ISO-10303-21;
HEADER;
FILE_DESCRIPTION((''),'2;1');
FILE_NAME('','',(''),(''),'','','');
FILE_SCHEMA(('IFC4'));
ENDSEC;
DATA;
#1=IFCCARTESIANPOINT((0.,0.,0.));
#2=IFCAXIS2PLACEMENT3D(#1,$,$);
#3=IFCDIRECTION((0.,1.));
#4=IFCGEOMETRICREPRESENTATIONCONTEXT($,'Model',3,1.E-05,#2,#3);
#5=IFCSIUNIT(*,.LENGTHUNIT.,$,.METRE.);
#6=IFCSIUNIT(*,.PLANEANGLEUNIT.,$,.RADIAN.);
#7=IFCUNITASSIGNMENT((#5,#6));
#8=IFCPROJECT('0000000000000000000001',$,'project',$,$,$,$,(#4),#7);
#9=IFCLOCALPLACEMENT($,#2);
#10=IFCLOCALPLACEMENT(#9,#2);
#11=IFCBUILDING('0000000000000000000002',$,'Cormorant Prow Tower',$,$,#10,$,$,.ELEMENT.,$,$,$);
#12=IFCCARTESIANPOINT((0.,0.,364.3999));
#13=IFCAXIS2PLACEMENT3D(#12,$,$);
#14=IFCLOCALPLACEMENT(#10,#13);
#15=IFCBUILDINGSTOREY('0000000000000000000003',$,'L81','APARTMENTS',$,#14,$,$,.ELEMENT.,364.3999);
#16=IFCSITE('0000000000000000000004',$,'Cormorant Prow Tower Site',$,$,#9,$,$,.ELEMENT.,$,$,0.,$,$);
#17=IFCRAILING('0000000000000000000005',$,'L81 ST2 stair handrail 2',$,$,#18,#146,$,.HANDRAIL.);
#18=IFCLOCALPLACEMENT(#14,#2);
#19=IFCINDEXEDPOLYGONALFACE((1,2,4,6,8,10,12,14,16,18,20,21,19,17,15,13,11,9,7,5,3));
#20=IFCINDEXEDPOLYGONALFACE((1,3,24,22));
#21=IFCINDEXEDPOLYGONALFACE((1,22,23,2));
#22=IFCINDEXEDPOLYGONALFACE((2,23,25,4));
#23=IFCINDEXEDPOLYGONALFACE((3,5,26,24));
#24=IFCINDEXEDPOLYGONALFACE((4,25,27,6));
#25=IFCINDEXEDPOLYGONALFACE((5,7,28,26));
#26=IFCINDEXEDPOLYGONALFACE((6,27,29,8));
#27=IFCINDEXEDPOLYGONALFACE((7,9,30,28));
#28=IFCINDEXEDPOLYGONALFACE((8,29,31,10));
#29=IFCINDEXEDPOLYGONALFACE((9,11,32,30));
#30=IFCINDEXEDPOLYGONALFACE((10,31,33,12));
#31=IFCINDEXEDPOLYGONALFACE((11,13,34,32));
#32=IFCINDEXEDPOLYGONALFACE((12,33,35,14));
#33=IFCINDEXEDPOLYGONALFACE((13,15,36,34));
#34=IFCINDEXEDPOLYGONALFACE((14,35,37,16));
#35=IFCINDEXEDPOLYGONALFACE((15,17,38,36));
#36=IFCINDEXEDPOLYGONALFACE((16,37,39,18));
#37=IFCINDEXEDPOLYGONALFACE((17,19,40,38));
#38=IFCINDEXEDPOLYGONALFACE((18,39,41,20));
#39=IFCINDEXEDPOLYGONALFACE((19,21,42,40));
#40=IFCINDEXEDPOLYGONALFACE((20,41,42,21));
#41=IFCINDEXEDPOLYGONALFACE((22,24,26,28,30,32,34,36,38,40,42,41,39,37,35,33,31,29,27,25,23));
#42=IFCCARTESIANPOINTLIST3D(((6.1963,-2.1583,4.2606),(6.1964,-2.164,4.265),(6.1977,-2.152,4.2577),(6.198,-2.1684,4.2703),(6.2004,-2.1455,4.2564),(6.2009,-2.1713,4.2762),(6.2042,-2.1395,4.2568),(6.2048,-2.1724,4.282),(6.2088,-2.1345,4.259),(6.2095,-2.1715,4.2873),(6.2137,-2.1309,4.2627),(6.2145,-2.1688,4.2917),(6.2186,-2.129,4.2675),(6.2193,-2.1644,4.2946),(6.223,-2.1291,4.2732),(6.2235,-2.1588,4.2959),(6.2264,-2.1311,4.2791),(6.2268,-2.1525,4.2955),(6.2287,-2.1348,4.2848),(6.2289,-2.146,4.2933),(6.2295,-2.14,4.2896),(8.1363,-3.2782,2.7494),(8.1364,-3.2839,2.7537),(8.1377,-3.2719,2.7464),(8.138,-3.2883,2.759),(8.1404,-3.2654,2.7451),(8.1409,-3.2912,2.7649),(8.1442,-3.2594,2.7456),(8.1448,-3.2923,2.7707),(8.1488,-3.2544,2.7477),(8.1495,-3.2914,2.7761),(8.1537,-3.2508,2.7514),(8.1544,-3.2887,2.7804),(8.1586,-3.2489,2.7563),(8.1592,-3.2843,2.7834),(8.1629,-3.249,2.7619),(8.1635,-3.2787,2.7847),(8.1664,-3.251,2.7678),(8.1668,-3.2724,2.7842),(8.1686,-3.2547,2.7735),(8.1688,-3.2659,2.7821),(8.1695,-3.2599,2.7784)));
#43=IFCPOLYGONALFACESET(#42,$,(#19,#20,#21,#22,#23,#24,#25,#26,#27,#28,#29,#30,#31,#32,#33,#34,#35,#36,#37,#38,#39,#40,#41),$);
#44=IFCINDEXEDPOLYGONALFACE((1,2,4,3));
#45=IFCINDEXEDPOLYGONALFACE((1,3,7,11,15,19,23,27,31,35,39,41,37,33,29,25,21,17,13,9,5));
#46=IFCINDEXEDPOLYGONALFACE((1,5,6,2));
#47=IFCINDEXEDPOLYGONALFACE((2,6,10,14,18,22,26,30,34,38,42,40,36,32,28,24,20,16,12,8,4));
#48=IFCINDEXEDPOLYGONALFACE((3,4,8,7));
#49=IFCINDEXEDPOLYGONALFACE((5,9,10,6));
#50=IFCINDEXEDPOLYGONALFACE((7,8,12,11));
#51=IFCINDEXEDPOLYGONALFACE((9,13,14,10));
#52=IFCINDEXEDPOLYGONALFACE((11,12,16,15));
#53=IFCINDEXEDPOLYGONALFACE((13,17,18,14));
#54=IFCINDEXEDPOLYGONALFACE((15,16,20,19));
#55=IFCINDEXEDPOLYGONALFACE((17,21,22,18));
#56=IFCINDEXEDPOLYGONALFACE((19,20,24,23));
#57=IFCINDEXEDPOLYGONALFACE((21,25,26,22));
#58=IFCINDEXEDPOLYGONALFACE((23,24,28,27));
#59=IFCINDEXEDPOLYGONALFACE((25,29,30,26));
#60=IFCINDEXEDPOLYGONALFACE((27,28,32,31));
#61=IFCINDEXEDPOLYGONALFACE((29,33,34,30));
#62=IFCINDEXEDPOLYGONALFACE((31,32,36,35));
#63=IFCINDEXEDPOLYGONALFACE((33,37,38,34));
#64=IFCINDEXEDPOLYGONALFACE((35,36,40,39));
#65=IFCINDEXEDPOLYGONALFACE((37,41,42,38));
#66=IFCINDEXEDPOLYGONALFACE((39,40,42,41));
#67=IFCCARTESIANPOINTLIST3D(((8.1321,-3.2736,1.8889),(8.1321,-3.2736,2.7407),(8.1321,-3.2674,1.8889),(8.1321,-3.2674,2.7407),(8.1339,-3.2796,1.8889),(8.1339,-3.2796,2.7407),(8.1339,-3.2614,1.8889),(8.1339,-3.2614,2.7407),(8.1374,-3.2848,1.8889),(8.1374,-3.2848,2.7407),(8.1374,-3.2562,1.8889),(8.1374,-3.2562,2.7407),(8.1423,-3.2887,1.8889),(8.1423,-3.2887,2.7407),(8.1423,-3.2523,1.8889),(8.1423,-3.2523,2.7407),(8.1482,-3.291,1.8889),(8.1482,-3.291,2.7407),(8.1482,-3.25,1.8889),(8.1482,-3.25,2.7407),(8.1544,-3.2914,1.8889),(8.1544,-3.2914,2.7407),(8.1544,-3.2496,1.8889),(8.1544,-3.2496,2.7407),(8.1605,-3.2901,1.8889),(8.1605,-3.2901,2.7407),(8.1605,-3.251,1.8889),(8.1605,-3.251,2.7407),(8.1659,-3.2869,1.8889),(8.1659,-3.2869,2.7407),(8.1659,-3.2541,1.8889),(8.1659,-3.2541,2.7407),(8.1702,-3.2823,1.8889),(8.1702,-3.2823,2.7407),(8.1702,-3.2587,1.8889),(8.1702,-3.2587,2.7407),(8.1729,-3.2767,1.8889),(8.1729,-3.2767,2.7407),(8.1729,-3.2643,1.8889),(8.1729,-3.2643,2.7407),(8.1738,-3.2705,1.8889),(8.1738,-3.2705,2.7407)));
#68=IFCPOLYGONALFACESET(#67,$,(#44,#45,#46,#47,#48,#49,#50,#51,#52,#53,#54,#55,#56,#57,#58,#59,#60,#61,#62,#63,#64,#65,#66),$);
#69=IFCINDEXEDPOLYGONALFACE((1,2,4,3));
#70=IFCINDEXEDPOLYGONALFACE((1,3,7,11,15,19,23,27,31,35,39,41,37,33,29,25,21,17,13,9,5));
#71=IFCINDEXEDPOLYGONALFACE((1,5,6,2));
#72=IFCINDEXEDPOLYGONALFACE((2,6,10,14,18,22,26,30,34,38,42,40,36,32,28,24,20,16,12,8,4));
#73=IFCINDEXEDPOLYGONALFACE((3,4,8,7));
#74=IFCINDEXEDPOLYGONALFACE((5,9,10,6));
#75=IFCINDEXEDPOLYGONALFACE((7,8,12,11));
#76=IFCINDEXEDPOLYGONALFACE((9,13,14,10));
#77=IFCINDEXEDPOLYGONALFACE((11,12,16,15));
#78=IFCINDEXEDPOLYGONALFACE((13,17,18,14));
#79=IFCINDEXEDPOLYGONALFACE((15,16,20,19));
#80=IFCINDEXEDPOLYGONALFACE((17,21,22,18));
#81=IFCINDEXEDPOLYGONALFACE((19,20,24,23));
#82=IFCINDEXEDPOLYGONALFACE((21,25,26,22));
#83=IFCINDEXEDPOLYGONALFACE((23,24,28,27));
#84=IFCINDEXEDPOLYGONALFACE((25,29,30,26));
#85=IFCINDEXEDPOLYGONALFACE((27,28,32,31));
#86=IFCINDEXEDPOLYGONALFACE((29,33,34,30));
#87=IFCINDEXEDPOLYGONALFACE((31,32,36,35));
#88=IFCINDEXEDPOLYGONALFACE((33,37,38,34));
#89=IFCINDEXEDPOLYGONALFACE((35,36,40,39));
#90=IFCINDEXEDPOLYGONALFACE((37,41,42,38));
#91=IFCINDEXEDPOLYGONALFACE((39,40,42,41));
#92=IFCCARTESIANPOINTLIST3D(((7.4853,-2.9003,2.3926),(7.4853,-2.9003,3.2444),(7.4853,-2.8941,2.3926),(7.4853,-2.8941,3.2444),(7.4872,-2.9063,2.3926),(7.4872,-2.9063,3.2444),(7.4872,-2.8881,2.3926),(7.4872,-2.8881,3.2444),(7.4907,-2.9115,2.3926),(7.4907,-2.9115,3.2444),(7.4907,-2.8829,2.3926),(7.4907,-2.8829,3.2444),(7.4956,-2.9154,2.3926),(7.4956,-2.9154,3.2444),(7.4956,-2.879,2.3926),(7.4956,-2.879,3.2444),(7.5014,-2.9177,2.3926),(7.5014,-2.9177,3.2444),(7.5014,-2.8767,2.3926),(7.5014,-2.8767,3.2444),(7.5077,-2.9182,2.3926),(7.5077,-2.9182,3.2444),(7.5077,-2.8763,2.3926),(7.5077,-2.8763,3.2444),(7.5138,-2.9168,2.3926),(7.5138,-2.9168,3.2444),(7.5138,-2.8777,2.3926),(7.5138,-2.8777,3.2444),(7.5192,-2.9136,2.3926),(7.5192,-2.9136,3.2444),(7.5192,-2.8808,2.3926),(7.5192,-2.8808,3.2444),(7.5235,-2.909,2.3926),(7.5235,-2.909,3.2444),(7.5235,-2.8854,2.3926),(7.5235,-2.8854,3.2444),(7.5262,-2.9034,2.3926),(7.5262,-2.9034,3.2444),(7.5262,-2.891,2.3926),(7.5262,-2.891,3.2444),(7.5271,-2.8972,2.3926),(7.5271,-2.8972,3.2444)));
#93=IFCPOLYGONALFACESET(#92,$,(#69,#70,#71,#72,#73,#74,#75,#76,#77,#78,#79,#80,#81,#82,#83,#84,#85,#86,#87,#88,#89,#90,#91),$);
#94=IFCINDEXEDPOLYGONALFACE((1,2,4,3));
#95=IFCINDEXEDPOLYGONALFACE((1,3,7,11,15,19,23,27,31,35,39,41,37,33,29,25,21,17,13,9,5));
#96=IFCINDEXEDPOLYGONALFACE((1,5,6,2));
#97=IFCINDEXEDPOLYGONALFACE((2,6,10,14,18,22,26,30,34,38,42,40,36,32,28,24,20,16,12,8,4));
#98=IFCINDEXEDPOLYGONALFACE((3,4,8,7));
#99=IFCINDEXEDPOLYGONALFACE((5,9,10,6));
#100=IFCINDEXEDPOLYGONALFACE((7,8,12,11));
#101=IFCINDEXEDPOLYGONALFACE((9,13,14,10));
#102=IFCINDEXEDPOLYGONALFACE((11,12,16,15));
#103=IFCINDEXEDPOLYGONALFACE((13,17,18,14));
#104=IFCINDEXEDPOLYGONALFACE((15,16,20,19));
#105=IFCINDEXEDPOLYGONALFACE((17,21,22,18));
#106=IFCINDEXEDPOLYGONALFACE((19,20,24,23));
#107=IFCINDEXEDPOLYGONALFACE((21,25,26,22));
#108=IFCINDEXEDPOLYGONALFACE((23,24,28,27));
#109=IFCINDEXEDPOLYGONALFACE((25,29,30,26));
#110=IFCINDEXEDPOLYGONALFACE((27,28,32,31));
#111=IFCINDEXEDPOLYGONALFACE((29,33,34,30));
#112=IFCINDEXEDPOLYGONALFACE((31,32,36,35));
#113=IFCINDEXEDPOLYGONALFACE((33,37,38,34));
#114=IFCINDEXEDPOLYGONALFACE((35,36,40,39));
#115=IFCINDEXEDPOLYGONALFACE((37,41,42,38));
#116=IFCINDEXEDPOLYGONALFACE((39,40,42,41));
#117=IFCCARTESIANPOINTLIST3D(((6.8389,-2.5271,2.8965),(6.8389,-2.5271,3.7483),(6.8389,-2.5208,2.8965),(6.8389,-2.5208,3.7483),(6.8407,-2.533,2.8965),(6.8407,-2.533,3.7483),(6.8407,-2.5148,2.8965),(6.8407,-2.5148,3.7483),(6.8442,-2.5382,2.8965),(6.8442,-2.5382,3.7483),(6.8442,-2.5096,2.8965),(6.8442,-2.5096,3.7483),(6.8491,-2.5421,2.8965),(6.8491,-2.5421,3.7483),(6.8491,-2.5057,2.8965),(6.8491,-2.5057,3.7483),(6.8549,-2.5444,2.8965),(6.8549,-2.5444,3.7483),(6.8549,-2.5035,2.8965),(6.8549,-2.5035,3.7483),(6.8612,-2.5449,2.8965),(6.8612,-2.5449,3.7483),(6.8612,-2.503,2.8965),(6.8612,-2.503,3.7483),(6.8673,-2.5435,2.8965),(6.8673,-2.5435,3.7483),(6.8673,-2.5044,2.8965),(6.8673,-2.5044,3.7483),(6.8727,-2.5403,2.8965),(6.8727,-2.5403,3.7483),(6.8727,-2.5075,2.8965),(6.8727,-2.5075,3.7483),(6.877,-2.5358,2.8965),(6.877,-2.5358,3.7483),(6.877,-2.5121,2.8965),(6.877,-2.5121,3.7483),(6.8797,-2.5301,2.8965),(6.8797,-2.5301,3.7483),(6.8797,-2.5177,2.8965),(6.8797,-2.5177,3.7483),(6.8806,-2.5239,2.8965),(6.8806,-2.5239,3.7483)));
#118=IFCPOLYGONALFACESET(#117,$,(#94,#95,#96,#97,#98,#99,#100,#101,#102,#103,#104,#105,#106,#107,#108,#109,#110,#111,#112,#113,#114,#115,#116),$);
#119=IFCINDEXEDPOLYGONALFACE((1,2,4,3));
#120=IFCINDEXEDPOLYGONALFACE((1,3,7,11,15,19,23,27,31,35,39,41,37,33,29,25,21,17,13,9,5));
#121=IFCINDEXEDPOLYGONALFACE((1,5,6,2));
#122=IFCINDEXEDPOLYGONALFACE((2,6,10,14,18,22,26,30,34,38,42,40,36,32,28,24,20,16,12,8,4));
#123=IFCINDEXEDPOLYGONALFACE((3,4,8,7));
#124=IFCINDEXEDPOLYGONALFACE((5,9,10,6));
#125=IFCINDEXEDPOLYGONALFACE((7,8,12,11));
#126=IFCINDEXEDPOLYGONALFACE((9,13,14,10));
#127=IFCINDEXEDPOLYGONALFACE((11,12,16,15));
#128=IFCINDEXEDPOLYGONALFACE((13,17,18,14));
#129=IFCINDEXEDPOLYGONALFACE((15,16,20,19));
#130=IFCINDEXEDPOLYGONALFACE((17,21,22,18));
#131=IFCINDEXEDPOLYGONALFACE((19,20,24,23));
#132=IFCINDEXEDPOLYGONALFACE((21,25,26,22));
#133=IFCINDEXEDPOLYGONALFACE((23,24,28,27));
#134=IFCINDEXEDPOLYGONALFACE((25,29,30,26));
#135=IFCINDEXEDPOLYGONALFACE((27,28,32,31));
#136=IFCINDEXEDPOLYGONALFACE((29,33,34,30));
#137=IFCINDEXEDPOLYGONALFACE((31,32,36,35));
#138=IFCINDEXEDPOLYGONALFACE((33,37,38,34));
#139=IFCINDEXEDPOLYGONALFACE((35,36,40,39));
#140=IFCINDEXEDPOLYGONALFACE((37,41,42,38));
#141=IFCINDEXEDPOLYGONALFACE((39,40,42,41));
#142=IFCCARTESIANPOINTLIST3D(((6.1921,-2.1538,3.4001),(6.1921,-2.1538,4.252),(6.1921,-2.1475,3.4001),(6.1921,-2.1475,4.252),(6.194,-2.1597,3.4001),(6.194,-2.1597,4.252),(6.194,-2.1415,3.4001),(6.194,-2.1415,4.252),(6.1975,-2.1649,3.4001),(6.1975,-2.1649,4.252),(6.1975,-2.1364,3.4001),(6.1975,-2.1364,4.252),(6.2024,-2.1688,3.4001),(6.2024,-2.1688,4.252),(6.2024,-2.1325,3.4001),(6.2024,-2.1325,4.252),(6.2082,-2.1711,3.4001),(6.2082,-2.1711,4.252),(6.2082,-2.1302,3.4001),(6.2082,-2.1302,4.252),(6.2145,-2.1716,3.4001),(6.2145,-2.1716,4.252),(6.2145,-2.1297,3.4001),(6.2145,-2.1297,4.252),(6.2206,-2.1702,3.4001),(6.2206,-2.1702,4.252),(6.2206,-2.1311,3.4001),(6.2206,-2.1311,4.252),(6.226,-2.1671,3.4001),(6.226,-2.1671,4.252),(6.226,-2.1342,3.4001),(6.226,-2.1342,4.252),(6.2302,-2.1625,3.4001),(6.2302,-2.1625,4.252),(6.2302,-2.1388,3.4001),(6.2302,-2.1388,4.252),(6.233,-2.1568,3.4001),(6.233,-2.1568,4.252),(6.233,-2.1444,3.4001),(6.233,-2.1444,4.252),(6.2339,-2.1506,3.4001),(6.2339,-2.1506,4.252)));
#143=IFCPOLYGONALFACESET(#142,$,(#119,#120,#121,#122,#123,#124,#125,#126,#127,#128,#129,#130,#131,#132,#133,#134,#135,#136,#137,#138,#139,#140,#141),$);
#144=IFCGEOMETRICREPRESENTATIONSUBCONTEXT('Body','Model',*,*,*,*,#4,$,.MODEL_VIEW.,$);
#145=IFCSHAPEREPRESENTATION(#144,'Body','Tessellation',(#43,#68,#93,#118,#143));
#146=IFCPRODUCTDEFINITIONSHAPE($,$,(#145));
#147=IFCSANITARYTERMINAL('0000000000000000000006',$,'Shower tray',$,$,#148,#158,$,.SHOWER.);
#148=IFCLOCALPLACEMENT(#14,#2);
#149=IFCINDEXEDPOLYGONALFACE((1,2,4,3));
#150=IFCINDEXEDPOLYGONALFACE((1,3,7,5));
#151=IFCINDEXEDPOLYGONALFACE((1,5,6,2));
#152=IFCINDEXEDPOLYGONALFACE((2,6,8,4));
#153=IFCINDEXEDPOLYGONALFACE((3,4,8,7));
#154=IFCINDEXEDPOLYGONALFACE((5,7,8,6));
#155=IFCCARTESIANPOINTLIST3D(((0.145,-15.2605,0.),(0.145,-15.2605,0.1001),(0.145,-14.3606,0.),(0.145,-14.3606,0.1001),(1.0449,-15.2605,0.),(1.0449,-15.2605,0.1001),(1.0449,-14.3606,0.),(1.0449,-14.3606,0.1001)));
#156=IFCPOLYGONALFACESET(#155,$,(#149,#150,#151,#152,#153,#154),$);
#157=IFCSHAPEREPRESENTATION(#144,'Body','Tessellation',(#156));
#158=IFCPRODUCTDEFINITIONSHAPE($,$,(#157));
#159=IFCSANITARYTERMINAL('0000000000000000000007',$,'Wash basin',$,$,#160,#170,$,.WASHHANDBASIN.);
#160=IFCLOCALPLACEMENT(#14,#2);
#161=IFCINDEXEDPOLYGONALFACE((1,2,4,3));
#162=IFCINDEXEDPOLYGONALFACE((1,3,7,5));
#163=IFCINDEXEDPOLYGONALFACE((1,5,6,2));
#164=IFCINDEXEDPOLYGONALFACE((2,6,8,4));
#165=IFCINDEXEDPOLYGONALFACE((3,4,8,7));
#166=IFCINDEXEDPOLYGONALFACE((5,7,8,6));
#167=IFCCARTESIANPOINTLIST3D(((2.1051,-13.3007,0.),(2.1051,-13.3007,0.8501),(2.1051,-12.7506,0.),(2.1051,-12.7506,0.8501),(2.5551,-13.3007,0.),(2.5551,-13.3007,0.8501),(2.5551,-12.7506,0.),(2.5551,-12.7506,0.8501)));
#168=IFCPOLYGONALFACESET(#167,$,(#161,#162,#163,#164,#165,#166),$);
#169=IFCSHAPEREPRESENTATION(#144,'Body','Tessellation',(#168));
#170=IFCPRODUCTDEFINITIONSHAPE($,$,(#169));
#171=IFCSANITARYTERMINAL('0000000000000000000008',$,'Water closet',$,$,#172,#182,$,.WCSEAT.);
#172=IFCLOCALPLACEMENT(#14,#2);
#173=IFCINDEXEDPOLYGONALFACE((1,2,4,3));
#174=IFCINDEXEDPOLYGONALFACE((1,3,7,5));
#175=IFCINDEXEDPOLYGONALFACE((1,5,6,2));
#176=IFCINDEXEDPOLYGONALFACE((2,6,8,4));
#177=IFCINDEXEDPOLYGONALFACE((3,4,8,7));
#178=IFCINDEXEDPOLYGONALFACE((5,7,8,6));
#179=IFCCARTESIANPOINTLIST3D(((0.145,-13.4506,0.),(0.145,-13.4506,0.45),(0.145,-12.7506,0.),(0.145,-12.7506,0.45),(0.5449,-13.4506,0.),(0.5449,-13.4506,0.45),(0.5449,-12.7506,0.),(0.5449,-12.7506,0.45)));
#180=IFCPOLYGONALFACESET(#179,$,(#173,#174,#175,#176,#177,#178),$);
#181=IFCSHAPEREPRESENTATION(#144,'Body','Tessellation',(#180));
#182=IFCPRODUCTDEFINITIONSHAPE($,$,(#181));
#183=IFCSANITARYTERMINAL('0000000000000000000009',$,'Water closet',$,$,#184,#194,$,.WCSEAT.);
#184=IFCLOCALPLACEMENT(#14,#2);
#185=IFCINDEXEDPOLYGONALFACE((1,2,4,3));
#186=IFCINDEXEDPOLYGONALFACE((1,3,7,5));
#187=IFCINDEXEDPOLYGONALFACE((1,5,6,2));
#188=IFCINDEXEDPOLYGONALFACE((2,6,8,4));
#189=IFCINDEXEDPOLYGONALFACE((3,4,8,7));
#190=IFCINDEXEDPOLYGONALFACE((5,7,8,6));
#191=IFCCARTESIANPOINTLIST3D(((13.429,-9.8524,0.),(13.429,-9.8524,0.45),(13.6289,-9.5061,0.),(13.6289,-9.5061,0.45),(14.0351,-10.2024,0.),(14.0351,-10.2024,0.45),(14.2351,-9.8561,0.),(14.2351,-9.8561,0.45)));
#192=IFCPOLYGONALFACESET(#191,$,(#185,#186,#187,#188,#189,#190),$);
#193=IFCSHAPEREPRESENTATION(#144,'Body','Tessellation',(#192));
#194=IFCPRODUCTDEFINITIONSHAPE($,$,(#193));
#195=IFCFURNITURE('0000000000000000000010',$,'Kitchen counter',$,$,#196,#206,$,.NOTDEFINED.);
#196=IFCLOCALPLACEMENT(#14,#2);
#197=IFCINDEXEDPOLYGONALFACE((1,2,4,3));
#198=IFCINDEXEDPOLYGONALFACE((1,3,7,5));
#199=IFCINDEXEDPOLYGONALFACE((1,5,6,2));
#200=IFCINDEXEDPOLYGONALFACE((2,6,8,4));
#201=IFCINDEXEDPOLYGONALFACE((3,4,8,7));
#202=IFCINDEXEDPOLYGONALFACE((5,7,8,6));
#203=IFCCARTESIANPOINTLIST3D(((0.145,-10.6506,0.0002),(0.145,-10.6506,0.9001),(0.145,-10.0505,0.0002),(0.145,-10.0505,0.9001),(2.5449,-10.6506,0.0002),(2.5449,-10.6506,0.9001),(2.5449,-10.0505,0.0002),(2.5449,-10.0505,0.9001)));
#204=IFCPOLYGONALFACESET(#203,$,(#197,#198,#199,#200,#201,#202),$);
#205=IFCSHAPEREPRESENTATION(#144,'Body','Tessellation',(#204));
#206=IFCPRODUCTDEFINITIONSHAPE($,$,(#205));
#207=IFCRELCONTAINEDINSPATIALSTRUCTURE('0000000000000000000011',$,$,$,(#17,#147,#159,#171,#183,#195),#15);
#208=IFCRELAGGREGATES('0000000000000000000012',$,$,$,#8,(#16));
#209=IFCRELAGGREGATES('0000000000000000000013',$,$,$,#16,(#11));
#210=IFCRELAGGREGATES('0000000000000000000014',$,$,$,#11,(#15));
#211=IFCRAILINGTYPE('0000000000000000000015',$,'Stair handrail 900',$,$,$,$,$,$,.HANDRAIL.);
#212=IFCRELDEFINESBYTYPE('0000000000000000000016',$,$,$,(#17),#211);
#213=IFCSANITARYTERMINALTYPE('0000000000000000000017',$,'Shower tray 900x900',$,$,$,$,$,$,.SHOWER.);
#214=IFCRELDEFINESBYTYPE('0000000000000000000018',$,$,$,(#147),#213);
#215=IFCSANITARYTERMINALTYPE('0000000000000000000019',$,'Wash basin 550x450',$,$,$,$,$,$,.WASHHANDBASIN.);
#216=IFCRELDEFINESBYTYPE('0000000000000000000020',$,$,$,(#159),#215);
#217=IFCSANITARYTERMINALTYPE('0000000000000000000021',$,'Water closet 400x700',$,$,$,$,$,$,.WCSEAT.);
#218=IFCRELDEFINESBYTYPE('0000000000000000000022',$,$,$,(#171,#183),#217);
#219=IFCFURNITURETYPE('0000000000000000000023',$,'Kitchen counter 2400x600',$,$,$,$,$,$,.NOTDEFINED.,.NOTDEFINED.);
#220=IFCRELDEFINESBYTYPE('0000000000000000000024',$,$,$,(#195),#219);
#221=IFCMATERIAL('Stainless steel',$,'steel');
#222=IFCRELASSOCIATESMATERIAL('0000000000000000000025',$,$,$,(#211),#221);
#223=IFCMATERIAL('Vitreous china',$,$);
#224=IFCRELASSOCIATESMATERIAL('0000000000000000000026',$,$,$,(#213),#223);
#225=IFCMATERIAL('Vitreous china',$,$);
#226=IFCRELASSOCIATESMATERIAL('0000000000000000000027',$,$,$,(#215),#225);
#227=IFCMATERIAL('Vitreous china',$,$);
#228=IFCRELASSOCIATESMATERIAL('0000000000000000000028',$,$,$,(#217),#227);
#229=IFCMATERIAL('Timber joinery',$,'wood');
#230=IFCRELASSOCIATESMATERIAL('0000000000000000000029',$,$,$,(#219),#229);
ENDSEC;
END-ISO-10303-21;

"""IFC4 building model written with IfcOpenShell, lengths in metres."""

from ifc_helpers import new_model, si_unit, direction, frame, origin, origin_2d, place, context, subcontext, project, spatial, rectangle, circle, extrude, material, type_object, element, save


model = new_model("IFC4")

# Units and contexts
model_context = context("Model", 3, precision=1e-05, world=origin(), true_north=direction((0.0, 1.0)))
body_context = subcontext(model_context, "Body", "Model", "MODEL_VIEW")
ifc_project = project(units=[si_unit("LENGTHUNIT", "METRE"), si_unit("PLANEANGLEUNIT", "RADIAN")], contexts=[model_context])

# Site, building, storey
site_placement = place(None, origin())
site = spatial("IfcSite", under=ifc_project, at=site_placement, Name="Cormorant Prow Tower Site", CompositionType="ELEMENT", RefElevation=0.0)
building_placement = place(site_placement, origin())
building = spatial("IfcBuilding", under=site, at=building_placement, Name="Cormorant Prow Tower", CompositionType="ELEMENT")
storey_placement = place(building_placement, frame((0.0, 0.0, 364.3999)))
storey = spatial("IfcBuildingStorey", under=building, at=storey_placement, Name="L81", Description="APARTMENTS", CompositionType="ELEMENT", Elevation=364.3999)

# Railing
ifc_material_1 = material(Name="Stainless steel", Category="steel")
railing_type = type_object("IfcRailingType", Name="Stair handrail 900", PredefinedType="HANDRAIL", material=ifc_material_1)
railing_1_placement = place(storey_placement, frame((8.1528, -3.2705, 1.8889)))
element("IfcRailing", 1, at=railing_1_placement, inside=storey, type_object=railing_type, Name="L81 ST2 stair handrail 2", PredefinedType="HANDRAIL", context=body_context, shape_type="SweptSolid", body=[
    extrude(circle(Radius=0.0239, at=origin_2d()), frame((0.0, 0.0, 0.876), z_axis=(-0.71794, 0.414447, 0.559281), x_axis=(-0.499949, -0.866055, 0.0)), (0.0, 0.0, 1.0), 2.7021),
    extrude(circle(Radius=0.021, at=origin_2d()), origin(), (0.0, 0.0, 1.0), 0.8518),
    extrude(circle(Radius=0.021, at=origin_2d()), frame((-0.6467, 0.3733, 0.5037)), (0.0, 0.0, 1.0), 0.8518),
    extrude(circle(Radius=0.021, at=origin_2d()), frame((-1.2932, 0.7466, 1.0076)), (0.0, 0.0, 1.0), 0.8518),
    extrude(circle(Radius=0.021, at=origin_2d()), frame((-1.9399, 1.1199, 1.5112)), (0.0, 0.0, 1.0), 0.8518),
])

# Sanitary terminals
ifc_material_2 = material(Name="Vitreous china")
sanitary_terminal_type_1 = type_object("IfcSanitaryTerminalType", Name="Shower tray 900x900", PredefinedType="SHOWER", material=ifc_material_2)
sanitary_terminal_1_placement = place(storey_placement, frame((0.595, -14.8105, 0.0), z_axis=(0.0, 0.0, 1.0), x_axis=(0.0, 1.0, 0.0)))
element("IfcSanitaryTerminal", 2, at=sanitary_terminal_1_placement, inside=storey, type_object=sanitary_terminal_type_1, Name="Shower tray", PredefinedType="SHOWER", context=body_context, shape_type="SweptSolid", body=[
    extrude(rectangle(XDim=0.8999, YDim=0.8999, at=origin_2d()), origin(), (0.0, 0.0, 1.0), 0.1001),
])
ifc_material_3 = material(Name="Vitreous china")
sanitary_terminal_type_2 = type_object("IfcSanitaryTerminalType", Name="Wash basin 550x450", PredefinedType="WASHHANDBASIN", material=ifc_material_3)
sanitary_terminal_2_placement = place(storey_placement, frame((2.3301, -13.0256, 0.0), z_axis=(0.0, 0.0, 1.0), x_axis=(0.0, -1.0, 0.0)))
element("IfcSanitaryTerminal", 3, at=sanitary_terminal_2_placement, inside=storey, type_object=sanitary_terminal_type_2, Name="Wash basin", PredefinedType="WASHHANDBASIN", context=body_context, shape_type="SweptSolid", body=[
    extrude(rectangle(XDim=0.55, YDim=0.45, at=origin_2d()), origin(), (0.0, 0.0, 1.0), 0.8501),
])
ifc_material_4 = material(Name="Vitreous china")
sanitary_terminal_type_3 = type_object("IfcSanitaryTerminalType", Name="Water closet 400x700", PredefinedType="WCSEAT", material=ifc_material_4)
for number, where, z_axis, x_axis, name in (
    (4, (0.345, -13.1006, 0.0), (0.0, 0.0, 1.0), (1.0, 0.0, 0.0), "Water closet"),
    (5, (13.832, -9.8542, 0.0), (0.0, 0.0, 1.0), (0.5, 0.866025, 0.0), "Water closet"),
):
    element("IfcSanitaryTerminal", number, at=place(storey_placement, frame(where, z_axis=z_axis, x_axis=x_axis)), inside=storey, type_object=sanitary_terminal_type_3, Name=name, PredefinedType="WCSEAT", context=body_context, shape_type="SweptSolid", body=[
        extrude(rectangle(XDim=0.3999, YDim=0.7, at=origin_2d()), origin(), (0.0, 0.0, 1.0), 0.45),
    ])

# Furniture
ifc_material_5 = material(Name="Timber joinery", Category="wood")
furniture_type = type_object("IfcFurnitureType", Name="Kitchen counter 2400x600", AssemblyPlace="NOTDEFINED", PredefinedType="NOTDEFINED", material=ifc_material_5)
furniture_placement = place(storey_placement, frame((1.345, -10.3506, 0.0002), z_axis=(0.0, 0.0, 1.0), x_axis=(1.0, 0.0, 0.0)))
element("IfcFurniture", 6, at=furniture_placement, inside=storey, type_object=furniture_type, Name="Kitchen counter", PredefinedType="NOTDEFINED", context=body_context, shape_type="SweptSolid", body=[
    extrude(rectangle(XDim=2.3999, YDim=0.6001, at=origin_2d()), origin(), (0.0, 0.0, 1.0), 0.8999),
])

save(model, "model.ifc")
